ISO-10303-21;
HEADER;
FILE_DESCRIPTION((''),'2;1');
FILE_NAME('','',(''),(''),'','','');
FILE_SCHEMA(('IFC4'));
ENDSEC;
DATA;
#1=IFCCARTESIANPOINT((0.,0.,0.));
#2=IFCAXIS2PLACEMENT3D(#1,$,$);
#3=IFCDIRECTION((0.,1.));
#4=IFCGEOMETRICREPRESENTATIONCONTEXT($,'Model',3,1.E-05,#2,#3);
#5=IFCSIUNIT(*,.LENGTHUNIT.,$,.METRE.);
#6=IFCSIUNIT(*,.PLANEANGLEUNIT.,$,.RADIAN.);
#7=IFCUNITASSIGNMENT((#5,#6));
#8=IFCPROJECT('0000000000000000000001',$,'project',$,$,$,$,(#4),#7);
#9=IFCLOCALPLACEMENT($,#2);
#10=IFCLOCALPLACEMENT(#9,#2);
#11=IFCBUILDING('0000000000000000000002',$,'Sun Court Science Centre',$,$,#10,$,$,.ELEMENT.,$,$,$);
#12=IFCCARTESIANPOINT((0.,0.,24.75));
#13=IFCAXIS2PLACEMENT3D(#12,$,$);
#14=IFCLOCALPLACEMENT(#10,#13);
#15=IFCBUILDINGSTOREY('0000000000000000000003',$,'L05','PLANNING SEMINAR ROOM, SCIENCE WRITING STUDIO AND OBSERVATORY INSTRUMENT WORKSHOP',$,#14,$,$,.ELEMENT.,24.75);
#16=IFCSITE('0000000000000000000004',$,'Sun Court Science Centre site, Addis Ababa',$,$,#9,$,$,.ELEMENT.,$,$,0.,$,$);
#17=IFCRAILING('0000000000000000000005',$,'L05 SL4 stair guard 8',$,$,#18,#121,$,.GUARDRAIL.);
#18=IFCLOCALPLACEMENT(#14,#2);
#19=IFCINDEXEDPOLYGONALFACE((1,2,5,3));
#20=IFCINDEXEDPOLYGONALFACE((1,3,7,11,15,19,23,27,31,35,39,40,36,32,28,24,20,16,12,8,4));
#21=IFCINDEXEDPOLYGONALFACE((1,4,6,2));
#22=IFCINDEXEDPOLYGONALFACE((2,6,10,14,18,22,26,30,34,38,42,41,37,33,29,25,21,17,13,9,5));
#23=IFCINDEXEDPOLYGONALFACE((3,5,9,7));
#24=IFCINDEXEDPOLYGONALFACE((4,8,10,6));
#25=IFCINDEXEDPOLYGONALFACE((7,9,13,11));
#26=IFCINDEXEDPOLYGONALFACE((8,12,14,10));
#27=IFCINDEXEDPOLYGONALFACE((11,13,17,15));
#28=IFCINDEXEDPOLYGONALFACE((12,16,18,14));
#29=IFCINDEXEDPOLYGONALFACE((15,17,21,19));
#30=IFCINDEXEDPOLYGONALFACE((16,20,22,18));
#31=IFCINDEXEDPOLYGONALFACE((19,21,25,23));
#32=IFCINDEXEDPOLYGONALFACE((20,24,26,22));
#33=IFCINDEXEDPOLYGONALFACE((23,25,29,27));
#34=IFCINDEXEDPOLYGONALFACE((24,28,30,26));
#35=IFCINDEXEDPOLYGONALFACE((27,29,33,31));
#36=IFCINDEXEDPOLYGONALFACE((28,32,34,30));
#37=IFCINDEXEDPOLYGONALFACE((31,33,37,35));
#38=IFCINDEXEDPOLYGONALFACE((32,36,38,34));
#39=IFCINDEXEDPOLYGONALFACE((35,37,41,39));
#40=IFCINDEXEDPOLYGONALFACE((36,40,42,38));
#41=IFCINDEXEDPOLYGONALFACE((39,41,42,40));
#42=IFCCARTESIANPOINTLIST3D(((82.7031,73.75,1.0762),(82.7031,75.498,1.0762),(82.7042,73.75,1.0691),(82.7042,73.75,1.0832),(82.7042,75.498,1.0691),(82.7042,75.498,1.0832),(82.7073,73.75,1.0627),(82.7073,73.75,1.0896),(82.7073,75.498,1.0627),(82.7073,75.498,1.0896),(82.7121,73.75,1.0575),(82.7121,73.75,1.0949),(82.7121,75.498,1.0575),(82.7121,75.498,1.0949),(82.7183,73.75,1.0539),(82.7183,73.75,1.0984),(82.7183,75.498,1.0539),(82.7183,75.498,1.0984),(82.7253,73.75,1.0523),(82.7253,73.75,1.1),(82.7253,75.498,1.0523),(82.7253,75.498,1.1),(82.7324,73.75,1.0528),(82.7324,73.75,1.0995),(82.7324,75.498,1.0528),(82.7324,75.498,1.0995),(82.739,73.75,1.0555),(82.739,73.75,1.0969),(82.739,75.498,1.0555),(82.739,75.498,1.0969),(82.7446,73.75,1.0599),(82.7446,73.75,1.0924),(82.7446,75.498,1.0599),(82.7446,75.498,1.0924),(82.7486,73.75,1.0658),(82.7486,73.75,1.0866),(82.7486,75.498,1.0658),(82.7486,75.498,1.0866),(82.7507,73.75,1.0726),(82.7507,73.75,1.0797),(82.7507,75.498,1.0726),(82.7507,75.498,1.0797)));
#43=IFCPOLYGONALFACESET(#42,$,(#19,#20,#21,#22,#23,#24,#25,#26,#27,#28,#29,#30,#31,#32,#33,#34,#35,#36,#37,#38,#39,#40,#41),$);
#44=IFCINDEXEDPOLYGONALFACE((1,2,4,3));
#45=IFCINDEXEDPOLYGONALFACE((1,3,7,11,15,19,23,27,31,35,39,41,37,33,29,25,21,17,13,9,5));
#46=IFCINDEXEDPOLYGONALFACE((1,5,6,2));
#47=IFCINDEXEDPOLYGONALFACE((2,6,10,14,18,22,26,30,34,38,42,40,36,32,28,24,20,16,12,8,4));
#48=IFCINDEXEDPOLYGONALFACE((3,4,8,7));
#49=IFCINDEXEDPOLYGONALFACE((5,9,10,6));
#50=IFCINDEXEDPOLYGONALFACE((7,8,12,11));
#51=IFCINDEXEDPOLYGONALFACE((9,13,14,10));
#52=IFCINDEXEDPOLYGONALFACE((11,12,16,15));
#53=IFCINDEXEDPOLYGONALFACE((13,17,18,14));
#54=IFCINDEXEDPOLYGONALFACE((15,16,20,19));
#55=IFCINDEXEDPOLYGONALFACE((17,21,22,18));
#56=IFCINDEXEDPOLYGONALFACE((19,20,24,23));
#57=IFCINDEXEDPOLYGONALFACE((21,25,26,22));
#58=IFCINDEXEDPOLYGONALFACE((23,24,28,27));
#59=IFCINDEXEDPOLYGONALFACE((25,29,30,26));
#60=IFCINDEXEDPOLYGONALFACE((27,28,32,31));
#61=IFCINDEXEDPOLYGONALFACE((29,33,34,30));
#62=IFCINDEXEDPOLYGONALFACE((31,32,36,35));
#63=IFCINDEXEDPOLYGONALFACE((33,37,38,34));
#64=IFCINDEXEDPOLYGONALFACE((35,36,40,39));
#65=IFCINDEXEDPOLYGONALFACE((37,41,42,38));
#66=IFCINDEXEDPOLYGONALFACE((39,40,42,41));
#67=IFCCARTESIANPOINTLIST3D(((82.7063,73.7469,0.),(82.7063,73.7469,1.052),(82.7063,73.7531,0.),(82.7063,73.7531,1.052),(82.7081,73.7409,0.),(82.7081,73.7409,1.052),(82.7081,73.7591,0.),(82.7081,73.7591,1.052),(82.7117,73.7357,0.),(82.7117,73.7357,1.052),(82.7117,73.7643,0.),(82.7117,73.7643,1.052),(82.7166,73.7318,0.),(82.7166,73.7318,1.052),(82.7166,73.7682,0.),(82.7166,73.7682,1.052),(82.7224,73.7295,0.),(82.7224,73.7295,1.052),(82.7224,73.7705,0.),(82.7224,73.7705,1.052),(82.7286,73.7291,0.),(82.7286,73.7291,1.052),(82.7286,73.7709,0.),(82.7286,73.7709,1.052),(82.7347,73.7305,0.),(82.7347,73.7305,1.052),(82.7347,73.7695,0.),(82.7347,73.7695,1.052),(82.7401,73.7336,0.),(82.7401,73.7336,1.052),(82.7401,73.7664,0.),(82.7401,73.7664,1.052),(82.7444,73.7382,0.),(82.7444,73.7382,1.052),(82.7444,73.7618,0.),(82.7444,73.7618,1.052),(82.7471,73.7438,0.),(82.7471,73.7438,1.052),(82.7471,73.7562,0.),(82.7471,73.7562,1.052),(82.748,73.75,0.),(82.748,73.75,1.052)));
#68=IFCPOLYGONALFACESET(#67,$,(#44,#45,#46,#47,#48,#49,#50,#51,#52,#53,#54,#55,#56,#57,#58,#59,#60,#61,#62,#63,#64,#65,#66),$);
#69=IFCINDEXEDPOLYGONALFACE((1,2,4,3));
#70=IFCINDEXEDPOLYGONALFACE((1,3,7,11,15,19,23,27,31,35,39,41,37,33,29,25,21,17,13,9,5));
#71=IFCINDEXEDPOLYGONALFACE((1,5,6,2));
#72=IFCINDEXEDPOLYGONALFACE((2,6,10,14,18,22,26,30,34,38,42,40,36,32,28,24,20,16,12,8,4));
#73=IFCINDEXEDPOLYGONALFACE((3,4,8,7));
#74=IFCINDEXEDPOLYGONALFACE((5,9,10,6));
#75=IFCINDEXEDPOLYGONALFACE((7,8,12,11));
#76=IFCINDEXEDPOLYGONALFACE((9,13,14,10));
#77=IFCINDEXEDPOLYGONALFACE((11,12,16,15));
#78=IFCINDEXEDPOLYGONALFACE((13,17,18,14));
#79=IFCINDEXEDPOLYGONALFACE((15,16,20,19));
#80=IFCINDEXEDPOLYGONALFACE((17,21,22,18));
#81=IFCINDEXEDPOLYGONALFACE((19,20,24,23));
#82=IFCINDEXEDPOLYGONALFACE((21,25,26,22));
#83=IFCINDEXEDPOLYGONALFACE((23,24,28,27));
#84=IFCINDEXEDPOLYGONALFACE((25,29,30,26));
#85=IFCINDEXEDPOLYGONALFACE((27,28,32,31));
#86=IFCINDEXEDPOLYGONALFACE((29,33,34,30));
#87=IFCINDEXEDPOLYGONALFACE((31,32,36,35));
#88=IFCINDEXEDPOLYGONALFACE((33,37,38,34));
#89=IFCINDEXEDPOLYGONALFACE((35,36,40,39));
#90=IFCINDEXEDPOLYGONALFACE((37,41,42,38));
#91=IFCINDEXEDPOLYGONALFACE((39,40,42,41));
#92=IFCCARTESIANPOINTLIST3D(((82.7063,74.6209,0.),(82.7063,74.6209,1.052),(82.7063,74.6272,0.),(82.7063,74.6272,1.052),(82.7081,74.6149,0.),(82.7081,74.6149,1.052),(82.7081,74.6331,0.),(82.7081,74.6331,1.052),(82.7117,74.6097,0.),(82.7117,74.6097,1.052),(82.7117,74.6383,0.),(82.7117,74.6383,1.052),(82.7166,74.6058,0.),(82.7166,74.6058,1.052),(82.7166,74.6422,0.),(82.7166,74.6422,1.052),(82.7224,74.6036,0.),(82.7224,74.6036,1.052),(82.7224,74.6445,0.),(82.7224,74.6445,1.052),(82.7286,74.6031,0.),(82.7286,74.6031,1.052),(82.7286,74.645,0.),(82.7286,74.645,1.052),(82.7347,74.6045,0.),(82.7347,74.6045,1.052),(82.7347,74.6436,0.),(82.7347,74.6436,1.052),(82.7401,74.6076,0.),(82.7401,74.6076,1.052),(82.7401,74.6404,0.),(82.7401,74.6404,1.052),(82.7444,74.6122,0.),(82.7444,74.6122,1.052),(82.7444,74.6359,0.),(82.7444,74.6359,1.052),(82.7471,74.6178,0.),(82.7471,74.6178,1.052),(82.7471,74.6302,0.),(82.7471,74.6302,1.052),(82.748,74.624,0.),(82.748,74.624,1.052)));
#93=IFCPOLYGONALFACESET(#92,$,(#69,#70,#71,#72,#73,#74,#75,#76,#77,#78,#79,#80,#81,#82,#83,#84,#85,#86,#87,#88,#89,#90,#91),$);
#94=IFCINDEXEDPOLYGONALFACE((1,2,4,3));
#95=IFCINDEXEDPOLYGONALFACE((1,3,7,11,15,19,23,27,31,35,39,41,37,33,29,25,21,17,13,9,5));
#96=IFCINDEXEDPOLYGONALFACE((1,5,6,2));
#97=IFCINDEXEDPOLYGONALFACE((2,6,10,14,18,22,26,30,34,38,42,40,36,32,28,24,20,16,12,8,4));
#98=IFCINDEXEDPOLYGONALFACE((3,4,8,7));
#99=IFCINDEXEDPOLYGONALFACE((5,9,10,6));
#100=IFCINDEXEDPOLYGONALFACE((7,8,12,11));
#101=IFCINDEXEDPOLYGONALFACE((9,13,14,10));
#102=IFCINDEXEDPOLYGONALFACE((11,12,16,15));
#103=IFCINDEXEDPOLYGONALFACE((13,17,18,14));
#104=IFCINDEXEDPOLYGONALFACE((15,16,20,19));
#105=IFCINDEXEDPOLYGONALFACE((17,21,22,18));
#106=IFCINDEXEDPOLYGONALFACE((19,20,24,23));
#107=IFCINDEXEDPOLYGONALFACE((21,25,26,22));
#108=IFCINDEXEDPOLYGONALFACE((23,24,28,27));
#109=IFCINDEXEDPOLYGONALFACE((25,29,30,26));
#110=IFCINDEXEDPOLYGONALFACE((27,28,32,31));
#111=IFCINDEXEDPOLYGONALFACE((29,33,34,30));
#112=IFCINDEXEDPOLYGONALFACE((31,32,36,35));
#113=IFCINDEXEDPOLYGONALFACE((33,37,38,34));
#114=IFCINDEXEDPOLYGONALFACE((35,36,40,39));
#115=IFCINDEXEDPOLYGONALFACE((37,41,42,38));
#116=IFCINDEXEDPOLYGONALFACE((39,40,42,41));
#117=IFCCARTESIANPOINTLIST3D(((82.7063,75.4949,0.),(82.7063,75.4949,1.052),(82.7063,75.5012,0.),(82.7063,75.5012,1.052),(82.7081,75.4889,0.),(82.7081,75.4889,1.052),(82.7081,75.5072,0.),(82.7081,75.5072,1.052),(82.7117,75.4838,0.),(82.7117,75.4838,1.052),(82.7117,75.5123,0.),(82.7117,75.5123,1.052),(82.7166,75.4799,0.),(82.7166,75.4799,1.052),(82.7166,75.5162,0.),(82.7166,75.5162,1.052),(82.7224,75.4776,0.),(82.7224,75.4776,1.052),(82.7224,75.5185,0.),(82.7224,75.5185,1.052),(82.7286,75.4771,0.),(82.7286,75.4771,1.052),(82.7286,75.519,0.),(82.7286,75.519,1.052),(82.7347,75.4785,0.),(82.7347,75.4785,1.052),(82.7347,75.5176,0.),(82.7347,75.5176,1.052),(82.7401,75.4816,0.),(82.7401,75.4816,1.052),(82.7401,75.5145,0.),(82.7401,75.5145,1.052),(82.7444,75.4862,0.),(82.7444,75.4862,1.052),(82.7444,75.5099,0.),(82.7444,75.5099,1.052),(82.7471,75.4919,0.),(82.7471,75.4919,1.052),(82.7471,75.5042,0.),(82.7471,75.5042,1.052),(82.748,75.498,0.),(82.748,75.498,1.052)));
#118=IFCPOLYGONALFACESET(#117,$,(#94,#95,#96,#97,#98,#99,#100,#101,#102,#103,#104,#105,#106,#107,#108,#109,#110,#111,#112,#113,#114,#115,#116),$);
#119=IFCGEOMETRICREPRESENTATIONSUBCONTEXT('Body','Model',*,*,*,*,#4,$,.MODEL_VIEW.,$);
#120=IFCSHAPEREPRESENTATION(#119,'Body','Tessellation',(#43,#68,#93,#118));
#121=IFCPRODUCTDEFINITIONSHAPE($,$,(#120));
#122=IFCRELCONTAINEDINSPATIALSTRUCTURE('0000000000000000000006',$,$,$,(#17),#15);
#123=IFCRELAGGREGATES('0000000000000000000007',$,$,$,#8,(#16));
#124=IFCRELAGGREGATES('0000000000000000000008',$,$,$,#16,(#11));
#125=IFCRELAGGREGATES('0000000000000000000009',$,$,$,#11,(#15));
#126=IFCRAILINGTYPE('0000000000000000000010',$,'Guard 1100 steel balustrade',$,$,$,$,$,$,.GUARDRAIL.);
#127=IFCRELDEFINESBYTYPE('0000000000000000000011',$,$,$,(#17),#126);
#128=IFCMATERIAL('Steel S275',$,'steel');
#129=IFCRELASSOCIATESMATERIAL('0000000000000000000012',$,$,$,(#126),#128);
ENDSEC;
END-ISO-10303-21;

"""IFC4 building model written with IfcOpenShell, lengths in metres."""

from ifc_helpers import new_model, si_unit, direction, frame, origin, origin_2d, place, context, subcontext, project, spatial, circle, extrude, material, type_object, element, save


model = new_model("IFC4")

# Units and contexts
model_context = context("Model", 3, precision=1e-05, world=origin(), true_north=direction((0.0, 1.0)))
body_context = subcontext(model_context, "Body", "Model", "MODEL_VIEW")
ifc_project = project(units=[si_unit("LENGTHUNIT", "METRE"), si_unit("PLANEANGLEUNIT", "RADIAN")], contexts=[model_context])

# Site, building, storey
site_placement = place(None, origin())
site = spatial("IfcSite", under=ifc_project, at=site_placement, Name="Sun Court Science Centre site, Addis Ababa", CompositionType="ELEMENT", RefElevation=0.0)
building_placement = place(site_placement, origin())
building = spatial("IfcBuilding", under=site, at=building_placement, Name="Sun Court Science Centre", CompositionType="ELEMENT")
storey_placement = place(building_placement, frame((0.0, 0.0, 24.75)))
storey = spatial("IfcBuildingStorey", under=building, at=storey_placement, Name="L05", Description="PLANNING SEMINAR ROOM, SCIENCE WRITING STUDIO AND OBSERVATORY INSTRUMENT WORKSHOP", CompositionType="ELEMENT", Elevation=24.75)

# Railing
ifc_material_1 = material(Name="Steel S275", Category="steel")
railing_type_1 = type_object("IfcRailingType", Name="Guard 1100 steel balustrade", PredefinedType="GUARDRAIL", material=ifc_material_1)
for number, where, name in (
    (1, (82.7271, 73.75, 0.0), "L05 SL4 stair guard 8"),
):
    element("IfcRailing", number, at=place(storey_placement, frame(where)), inside=storey, type_object=railing_type_1, Name=name, PredefinedType="GUARDRAIL", context=body_context, shape_type="SweptSolid", body=[
        extrude(circle(Radius=0.0239, at=origin_2d()), frame((0.0, 0.0, 1.0762), z_axis=(0.0, 1.0, 0.0), x_axis=(-1.0, 0.0, 0.0)), (0.0, 0.0, 1.0), 1.748),
        extrude(circle(Radius=0.021, at=origin_2d()), origin(), (0.0, 0.0, 1.0), 1.052),
        extrude(circle(Radius=0.021, at=origin_2d()), frame((0.0, 0.874, 0.0)), (0.0, 0.0, 1.0), 1.052),
        extrude(circle(Radius=0.021, at=origin_2d()), frame((0.0, 1.748, 0.0)), (0.0, 0.0, 1.0), 1.052),
    ])

save(model, "model.ifc")
